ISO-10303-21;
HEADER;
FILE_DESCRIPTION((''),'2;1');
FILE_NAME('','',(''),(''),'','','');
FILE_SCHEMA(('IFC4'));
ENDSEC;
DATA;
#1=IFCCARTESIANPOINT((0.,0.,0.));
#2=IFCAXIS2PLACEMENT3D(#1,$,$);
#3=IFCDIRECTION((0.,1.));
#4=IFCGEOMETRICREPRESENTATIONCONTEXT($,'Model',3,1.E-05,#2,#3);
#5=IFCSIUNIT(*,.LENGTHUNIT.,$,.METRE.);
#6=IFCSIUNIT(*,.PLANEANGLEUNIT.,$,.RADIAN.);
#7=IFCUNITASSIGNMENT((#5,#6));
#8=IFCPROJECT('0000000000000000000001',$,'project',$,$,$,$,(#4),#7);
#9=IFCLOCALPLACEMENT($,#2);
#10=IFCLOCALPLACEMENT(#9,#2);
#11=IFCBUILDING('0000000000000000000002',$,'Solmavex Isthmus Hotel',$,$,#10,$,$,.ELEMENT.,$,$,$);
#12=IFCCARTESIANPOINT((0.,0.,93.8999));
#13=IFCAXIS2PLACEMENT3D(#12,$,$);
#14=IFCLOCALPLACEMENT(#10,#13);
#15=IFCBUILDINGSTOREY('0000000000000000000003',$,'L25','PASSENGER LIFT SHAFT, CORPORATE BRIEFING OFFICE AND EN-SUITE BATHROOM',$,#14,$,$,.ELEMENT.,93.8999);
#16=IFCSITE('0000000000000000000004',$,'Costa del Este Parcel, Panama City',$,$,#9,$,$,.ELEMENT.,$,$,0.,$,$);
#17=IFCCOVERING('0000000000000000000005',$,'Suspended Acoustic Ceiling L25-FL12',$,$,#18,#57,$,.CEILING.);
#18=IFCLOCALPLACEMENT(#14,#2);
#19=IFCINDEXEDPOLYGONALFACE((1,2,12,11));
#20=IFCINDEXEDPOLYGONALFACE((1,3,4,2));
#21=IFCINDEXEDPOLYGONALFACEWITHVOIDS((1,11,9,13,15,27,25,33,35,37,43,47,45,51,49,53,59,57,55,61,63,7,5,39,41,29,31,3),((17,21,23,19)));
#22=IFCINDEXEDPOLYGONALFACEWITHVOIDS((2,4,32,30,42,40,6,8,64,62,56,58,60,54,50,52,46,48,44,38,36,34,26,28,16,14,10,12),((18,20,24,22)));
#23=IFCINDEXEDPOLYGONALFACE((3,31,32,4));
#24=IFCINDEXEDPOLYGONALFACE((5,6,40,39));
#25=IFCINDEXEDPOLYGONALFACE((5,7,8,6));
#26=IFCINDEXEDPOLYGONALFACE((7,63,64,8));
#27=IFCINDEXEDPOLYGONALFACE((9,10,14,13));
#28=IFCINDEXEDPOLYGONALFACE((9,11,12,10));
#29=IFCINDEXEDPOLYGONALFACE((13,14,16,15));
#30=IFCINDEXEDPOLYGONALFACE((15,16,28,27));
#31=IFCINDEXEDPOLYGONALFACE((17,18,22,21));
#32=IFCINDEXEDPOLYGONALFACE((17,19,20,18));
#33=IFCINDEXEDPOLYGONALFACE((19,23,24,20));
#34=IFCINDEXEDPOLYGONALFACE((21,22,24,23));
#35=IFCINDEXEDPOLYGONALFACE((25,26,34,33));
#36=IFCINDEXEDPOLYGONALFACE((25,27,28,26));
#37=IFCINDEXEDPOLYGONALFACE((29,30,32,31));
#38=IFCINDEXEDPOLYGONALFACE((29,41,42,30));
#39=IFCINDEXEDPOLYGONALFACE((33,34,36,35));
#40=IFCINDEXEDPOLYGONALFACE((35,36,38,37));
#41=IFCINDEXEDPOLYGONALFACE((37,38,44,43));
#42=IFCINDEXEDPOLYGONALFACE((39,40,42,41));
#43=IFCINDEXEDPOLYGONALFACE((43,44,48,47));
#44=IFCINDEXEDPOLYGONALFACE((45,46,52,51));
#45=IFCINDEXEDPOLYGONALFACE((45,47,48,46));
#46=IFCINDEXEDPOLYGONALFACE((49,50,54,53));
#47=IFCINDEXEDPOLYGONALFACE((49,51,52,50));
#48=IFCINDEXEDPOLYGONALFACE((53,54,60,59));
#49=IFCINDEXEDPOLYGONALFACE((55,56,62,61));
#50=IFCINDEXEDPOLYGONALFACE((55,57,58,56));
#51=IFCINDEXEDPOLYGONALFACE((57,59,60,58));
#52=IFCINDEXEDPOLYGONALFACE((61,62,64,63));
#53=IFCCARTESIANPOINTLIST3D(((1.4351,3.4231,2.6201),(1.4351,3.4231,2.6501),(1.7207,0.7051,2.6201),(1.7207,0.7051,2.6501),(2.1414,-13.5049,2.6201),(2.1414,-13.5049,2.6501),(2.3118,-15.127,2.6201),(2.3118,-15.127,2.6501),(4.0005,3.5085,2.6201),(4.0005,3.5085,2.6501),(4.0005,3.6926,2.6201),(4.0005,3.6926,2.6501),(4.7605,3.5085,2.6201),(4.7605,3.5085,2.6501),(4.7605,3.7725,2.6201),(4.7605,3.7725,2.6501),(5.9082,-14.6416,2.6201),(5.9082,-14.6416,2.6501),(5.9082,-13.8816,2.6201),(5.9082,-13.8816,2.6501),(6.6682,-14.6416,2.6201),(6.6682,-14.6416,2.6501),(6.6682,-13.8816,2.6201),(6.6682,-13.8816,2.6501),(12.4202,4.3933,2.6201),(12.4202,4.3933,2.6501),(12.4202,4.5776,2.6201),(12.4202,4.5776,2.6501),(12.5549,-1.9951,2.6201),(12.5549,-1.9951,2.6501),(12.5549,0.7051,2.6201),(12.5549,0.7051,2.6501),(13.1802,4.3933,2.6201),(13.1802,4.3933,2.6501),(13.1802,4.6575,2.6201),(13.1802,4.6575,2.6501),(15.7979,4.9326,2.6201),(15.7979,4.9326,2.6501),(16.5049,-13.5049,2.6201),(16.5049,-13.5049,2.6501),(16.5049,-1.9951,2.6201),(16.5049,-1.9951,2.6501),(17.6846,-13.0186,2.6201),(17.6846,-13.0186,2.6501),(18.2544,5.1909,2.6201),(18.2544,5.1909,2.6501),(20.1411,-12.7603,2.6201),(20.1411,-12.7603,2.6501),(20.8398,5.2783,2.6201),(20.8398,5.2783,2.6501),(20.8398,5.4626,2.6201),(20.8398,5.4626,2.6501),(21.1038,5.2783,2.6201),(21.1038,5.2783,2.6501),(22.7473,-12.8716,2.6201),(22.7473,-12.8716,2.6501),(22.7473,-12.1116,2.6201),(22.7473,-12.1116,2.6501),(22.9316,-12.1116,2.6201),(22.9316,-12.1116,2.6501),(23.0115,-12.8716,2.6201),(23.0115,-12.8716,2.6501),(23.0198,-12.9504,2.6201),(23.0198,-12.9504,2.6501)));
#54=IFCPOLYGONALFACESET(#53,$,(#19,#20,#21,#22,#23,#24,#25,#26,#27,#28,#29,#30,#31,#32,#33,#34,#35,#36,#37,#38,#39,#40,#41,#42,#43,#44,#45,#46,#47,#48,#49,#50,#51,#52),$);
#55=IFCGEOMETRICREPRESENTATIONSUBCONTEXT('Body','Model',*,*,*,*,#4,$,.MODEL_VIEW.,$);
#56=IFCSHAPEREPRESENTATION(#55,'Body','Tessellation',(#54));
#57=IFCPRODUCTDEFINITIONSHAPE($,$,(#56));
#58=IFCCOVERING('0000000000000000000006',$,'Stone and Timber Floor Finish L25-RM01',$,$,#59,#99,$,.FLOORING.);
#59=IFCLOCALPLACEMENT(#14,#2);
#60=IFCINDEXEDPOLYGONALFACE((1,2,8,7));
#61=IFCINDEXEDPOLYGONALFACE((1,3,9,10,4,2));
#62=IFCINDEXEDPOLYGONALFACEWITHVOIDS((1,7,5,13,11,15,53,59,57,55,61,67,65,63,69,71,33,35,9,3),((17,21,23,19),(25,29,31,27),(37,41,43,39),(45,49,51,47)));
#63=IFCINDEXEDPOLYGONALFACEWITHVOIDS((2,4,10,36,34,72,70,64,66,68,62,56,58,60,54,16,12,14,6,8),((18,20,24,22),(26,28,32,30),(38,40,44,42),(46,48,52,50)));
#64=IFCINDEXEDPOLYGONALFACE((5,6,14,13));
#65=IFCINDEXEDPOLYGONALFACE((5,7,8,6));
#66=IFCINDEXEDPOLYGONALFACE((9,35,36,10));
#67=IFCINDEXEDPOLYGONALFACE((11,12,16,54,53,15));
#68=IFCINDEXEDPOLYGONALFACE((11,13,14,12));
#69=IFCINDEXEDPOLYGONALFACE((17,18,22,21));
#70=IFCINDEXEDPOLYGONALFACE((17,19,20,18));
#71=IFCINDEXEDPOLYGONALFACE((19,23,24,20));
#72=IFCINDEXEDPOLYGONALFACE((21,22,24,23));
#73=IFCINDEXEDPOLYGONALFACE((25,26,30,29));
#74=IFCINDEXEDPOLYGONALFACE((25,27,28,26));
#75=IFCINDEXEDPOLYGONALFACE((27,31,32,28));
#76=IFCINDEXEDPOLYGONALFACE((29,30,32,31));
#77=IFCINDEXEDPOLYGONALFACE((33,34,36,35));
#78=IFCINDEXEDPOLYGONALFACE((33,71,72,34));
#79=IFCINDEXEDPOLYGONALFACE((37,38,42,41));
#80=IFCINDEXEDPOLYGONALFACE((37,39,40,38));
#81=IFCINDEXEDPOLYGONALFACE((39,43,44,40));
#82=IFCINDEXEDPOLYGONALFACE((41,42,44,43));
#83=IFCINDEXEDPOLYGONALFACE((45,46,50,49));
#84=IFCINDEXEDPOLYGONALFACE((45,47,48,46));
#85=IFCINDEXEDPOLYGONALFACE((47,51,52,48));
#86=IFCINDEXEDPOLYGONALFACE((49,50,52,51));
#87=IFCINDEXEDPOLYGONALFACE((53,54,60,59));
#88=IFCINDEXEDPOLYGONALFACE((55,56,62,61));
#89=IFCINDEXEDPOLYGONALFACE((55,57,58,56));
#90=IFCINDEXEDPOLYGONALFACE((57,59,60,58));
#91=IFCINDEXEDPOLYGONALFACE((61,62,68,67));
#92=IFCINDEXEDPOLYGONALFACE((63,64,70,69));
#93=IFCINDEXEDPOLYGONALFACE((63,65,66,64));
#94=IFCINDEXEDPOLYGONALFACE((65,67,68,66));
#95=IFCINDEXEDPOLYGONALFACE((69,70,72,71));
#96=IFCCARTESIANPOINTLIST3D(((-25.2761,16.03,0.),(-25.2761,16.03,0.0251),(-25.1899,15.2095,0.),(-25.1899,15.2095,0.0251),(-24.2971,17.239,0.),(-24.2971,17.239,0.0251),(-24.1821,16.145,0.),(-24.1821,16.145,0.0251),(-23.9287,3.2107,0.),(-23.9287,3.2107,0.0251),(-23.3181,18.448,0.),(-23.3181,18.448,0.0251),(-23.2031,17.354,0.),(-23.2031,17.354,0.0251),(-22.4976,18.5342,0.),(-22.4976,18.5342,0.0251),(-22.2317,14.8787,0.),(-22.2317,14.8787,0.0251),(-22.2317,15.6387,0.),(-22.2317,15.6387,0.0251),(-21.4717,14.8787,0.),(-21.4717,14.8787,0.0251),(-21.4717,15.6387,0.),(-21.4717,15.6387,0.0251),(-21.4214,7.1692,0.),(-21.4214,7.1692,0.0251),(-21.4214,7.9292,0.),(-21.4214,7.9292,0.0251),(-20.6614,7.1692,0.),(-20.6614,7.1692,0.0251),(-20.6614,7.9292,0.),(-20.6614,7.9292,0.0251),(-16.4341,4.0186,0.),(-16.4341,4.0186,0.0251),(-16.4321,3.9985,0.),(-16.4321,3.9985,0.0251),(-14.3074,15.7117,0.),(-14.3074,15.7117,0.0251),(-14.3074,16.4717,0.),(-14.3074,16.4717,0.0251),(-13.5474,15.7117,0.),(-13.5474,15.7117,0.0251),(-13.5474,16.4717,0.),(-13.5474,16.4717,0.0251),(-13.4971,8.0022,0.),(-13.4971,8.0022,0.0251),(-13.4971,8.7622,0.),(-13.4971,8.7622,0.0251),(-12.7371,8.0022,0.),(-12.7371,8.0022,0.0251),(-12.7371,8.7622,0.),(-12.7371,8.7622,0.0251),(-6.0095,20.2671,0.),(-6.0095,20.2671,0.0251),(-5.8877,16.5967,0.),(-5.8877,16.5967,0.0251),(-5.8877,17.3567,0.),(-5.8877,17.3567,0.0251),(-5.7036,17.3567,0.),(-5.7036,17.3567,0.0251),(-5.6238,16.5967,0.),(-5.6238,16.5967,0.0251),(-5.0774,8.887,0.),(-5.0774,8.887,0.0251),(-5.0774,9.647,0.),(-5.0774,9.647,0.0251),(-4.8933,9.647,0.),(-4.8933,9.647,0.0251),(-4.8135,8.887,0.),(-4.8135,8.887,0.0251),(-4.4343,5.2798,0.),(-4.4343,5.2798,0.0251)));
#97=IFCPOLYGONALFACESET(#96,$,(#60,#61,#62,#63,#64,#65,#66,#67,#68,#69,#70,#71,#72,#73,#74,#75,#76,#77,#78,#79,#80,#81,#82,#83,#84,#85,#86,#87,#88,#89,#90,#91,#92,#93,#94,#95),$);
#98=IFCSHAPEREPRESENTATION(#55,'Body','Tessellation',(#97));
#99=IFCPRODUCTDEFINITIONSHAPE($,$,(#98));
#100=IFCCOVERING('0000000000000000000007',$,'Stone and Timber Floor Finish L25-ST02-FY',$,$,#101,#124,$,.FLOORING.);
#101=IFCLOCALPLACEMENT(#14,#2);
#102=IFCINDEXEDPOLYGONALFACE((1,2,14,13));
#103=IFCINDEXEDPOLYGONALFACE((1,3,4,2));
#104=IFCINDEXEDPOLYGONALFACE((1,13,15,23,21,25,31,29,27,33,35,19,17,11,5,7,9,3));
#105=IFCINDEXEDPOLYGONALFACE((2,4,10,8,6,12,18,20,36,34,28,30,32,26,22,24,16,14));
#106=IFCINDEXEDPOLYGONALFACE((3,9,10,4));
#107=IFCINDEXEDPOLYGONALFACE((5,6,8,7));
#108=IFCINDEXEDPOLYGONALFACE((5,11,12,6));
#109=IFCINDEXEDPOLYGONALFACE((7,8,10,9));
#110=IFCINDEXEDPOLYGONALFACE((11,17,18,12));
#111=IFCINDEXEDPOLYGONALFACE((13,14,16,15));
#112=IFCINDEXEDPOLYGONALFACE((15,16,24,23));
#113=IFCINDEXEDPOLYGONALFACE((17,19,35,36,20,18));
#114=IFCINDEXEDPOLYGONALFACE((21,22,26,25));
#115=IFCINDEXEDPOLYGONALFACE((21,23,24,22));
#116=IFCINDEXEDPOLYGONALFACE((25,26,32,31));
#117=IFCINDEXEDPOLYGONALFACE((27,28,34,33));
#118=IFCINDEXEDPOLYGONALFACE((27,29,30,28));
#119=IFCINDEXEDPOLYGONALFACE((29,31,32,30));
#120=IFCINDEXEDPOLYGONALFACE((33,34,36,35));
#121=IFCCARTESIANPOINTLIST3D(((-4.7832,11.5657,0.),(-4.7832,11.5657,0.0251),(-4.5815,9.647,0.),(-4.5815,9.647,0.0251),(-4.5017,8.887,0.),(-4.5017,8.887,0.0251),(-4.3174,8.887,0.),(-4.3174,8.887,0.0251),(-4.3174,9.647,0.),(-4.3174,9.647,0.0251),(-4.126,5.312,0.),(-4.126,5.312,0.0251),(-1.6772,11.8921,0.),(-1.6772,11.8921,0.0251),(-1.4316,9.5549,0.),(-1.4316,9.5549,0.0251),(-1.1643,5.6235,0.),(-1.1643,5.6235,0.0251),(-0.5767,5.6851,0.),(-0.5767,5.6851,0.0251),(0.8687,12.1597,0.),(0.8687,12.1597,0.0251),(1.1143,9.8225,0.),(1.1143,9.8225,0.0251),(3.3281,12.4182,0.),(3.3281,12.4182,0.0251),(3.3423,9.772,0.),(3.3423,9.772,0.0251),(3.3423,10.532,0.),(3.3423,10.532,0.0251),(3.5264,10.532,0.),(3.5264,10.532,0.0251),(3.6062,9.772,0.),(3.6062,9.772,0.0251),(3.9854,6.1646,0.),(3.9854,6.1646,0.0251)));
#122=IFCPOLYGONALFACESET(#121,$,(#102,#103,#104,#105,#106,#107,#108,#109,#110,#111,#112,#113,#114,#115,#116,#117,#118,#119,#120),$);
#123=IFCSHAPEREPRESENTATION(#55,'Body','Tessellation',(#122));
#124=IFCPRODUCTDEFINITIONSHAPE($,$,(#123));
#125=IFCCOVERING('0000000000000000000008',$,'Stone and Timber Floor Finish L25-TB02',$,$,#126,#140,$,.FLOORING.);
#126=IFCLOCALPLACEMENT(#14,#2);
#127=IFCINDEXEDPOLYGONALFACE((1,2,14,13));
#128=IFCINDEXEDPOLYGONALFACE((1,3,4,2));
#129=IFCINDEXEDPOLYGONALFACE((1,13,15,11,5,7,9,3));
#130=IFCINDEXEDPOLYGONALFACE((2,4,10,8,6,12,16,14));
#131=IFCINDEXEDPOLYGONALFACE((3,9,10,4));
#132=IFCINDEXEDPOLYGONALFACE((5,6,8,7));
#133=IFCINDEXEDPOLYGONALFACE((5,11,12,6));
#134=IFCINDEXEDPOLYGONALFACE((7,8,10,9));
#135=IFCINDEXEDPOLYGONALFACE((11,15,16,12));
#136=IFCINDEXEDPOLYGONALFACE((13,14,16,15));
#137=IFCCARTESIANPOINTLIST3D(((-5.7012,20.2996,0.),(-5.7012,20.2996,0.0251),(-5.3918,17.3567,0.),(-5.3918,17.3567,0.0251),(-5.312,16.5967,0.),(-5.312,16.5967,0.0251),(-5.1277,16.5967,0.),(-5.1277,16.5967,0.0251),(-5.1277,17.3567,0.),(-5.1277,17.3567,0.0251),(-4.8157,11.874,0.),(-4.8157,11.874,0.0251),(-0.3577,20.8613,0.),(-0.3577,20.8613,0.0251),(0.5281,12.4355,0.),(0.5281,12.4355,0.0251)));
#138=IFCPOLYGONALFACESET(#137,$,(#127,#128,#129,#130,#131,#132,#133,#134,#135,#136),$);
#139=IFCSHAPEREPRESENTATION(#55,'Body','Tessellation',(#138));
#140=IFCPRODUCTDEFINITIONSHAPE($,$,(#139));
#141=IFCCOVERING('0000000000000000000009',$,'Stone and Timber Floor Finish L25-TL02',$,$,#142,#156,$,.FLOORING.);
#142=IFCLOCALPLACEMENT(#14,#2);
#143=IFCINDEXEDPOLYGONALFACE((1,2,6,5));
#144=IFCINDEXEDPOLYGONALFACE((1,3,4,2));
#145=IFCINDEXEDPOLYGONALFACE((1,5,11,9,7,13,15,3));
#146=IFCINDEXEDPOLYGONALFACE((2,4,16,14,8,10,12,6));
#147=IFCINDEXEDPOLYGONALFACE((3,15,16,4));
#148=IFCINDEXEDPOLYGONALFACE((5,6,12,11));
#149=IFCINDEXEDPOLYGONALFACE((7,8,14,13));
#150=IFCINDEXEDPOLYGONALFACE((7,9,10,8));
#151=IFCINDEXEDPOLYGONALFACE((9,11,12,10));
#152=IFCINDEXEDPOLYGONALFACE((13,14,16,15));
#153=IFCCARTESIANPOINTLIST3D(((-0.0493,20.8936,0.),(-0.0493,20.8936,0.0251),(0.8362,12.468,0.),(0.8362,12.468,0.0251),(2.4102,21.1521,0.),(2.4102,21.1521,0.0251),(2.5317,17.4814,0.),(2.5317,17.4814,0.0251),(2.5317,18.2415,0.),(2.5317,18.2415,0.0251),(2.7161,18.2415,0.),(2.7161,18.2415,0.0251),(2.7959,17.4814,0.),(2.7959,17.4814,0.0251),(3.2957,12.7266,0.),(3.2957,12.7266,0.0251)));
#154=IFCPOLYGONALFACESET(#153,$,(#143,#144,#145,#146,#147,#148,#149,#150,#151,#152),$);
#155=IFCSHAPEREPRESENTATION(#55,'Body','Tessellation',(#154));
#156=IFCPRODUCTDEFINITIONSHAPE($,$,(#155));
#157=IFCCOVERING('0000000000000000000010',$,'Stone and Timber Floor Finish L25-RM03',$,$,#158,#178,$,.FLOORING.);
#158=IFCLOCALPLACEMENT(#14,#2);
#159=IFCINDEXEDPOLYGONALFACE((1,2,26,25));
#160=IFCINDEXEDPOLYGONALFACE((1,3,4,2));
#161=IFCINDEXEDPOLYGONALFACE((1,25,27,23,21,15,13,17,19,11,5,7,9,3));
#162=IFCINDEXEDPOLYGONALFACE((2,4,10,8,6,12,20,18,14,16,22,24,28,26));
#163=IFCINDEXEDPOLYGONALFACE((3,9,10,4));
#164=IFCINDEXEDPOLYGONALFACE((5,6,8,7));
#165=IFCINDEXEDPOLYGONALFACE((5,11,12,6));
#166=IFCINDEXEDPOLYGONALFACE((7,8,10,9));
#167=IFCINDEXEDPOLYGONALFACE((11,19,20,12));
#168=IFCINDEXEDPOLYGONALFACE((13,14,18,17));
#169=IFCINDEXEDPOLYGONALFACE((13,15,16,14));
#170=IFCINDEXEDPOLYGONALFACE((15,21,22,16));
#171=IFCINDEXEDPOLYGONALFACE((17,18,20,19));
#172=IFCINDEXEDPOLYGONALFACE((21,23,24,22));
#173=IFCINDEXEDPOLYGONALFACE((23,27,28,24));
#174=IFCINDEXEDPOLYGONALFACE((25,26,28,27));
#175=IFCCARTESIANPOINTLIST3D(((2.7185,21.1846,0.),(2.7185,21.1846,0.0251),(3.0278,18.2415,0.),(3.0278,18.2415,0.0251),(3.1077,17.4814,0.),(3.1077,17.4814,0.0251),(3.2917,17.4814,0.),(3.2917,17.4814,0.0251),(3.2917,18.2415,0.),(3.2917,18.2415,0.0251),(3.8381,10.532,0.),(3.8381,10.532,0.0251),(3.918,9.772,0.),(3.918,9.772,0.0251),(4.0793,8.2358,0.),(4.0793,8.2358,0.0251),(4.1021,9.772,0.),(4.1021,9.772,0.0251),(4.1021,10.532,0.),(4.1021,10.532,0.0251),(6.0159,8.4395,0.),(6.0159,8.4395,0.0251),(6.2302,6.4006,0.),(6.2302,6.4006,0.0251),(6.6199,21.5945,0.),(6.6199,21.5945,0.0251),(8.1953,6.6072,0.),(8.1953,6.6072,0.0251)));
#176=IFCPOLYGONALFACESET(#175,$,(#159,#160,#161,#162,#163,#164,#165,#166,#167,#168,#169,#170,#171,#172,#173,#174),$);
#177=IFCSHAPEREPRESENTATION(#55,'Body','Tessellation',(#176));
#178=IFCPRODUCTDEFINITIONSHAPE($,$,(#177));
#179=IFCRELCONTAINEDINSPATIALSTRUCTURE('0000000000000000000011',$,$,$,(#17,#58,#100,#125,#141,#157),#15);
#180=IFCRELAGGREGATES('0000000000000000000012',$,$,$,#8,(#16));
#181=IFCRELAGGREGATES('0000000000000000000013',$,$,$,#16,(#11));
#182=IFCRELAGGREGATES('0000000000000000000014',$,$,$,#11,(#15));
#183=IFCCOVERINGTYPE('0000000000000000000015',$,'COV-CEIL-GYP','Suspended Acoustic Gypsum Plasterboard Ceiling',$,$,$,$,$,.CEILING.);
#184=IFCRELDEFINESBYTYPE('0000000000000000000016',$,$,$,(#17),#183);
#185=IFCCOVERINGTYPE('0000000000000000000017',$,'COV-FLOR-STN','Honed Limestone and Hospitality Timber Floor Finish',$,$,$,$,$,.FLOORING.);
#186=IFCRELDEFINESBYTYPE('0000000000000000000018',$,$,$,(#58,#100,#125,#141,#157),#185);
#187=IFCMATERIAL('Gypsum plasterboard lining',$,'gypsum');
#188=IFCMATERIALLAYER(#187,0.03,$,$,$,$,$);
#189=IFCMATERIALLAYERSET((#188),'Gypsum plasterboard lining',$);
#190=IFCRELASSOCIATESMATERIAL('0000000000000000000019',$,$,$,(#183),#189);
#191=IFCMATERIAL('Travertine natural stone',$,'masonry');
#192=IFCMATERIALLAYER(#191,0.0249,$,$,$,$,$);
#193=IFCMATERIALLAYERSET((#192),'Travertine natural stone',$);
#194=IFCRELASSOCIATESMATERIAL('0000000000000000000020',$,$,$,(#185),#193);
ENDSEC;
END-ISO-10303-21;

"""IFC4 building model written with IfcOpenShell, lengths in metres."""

from ifc_helpers import new_model, si_unit, direction, frame, origin, place, context, subcontext, project, spatial, polyline, outline, extrude, material, layer, layer_set, type_object, element, save


model = new_model("IFC4")

# Units and contexts
model_context = context("Model", 3, precision=1e-05, world=origin(), true_north=direction((0.0, 1.0)))
body_context = subcontext(model_context, "Body", "Model", "MODEL_VIEW")
ifc_project = project(units=[si_unit("LENGTHUNIT", "METRE"), si_unit("PLANEANGLEUNIT", "RADIAN")], contexts=[model_context])

# Site, building, storey
site_placement = place(None, origin())
site = spatial("IfcSite", under=ifc_project, at=site_placement, Name="Costa del Este Parcel, Panama City", CompositionType="ELEMENT", RefElevation=0.0)
building_placement = place(site_placement, origin())
building = spatial("IfcBuilding", under=site, at=building_placement, Name="Solmavex Isthmus Hotel", CompositionType="ELEMENT")
storey_placement = place(building_placement, frame((0.0, 0.0, 93.8999)))
storey = spatial("IfcBuildingStorey", under=building, at=storey_placement, Name="L25", Description="PASSENGER LIFT SHAFT, CORPORATE BRIEFING OFFICE AND EN-SUITE BATHROOM", CompositionType="ELEMENT", Elevation=93.8999)

# Coverings
ifc_material_1 = material(Name="Gypsum plasterboard lining", Category="gypsum")
ifc_layer_1 = layer(ifc_material_1, 0.03)
ifc_layer_set_1 = layer_set([ifc_layer_1], Name="Gypsum plasterboard lining")
covering_type_1 = type_object("IfcCoveringType", Name="COV-CEIL-GYP", Description="Suspended Acoustic Gypsum Plasterboard Ceiling", PredefinedType="CEILING", material=ifc_layer_set_1)
covering_1_placement = place(storey_placement, frame((0.0, 0.0, 2.6201)))
element("IfcCovering", 1, at=covering_1_placement, inside=storey, type_object=covering_type_1, Name="Suspended Acoustic Ceiling L25-FL12", PredefinedType="CEILING", context=body_context, shape_type="SweptSolid", body=[
    extrude(outline(polyline([(4.7605, 3.7725), (4.7605, 3.5085), (4.0005, 3.5085), (4.0005, 3.6926), (1.4351, 3.4231), (1.7207, 0.7051), (12.5549, 0.7051), (12.5549, -1.9951), (16.5049, -1.9951), (16.5049, -13.5049), (2.1414, -13.5049), (2.3118, -15.127), (23.0198, -12.9504), (23.0115, -12.8716), (22.7473, -12.8716), (22.7473, -12.1116), (22.9316, -12.1116), (21.1038, 5.2783), (20.8398, 5.2783), (20.8398, 5.4626), (18.2544, 5.1909), (20.1411, -12.7603), (17.6846, -13.0186), (15.7979, 4.9326), (13.1802, 4.6575), (13.1802, 4.3933), (12.4202, 4.3933), (12.4202, 4.5776), (4.7605, 3.7725)]), holes=[polyline([(5.9082, -14.6416), (5.9082, -13.8816), (6.6682, -13.8816), (6.6682, -14.6416), (5.9082, -14.6416)])]), origin(), (0.0, 0.0, 1.0), 0.03),
])
ifc_material_2 = material(Name="Travertine natural stone", Category="masonry")
ifc_layer_2 = layer(ifc_material_2, 0.0249)
ifc_layer_set_2 = layer_set([ifc_layer_2], Name="Travertine natural stone")
covering_type_2 = type_object("IfcCoveringType", Name="COV-FLOR-STN", Description="Honed Limestone and Hospitality Timber Floor Finish", PredefinedType="FLOORING", material=ifc_layer_set_2)
covering_2_placement = place(storey_placement, origin())
element("IfcCovering", 2, at=covering_2_placement, inside=storey, type_object=covering_type_2, Name="Stone and Timber Floor Finish L25-RM01", PredefinedType="FLOORING", context=body_context, shape_type="SweptSolid", body=[
    extrude(outline(polyline([(-16.4321, 3.9985), (-16.4341, 4.0186), (-4.4343, 5.2798), (-4.8135, 8.887), (-5.0774, 8.887), (-5.0774, 9.647), (-4.8933, 9.647), (-5.6238, 16.5967), (-5.8877, 16.5967), (-5.8877, 17.3567), (-5.7036, 17.3567), (-6.0095, 20.2671), (-22.4976, 18.5342), (-23.3181, 18.448), (-23.2031, 17.354), (-24.2971, 17.239), (-24.1821, 16.145), (-25.2761, 16.03), (-25.1899, 15.2095), (-23.9287, 3.2107), (-16.4321, 3.9985)]), holes=[polyline([(-13.4971, 8.0022), (-13.4971, 8.7622), (-12.7371, 8.7622), (-12.7371, 8.0022), (-13.4971, 8.0022)]), polyline([(-14.3074, 16.4717), (-13.5474, 16.4717), (-13.5474, 15.7117), (-14.3074, 15.7117), (-14.3074, 16.4717)]), polyline([(-21.4214, 7.1692), (-21.4214, 7.9292), (-20.6614, 7.9292), (-20.6614, 7.1692), (-21.4214, 7.1692)]), polyline([(-22.2317, 14.8787), (-22.2317, 15.6387), (-21.4717, 15.6387), (-21.4717, 14.8787), (-22.2317, 14.8787)])]), origin(), (0.0, 0.0, 1.0), 0.0251),
])
covering_3_placement = place(storey_placement, origin())
element("IfcCovering", 3, at=covering_3_placement, inside=storey, type_object=covering_type_2, Name="Stone and Timber Floor Finish L25-ST02-FY", PredefinedType="FLOORING", context=body_context, shape_type="SweptSolid", body=[
    extrude(outline(polyline([(-4.5815, 9.647), (-4.3174, 9.647), (-4.3174, 8.887), (-4.5017, 8.887), (-4.126, 5.312), (-1.1643, 5.6235), (-0.5767, 5.6851), (3.9854, 6.1646), (3.6062, 9.772), (3.3423, 9.772), (3.3423, 10.532), (3.5264, 10.532), (3.3281, 12.4182), (0.8687, 12.1597), (1.1143, 9.8225), (-1.4316, 9.5549), (-1.6772, 11.8921), (-4.7832, 11.5657), (-4.5815, 9.647)])), origin(), (0.0, 0.0, 1.0), 0.0251),
])
covering_4_placement = place(storey_placement, origin())
element("IfcCovering", 4, at=covering_4_placement, inside=storey, type_object=covering_type_2, Name="Stone and Timber Floor Finish L25-TB02", PredefinedType="FLOORING", context=body_context, shape_type="SweptSolid", body=[
    extrude(outline(polyline([(-5.3918, 17.3567), (-5.1277, 17.3567), (-5.1277, 16.5967), (-5.312, 16.5967), (-4.8157, 11.874), (0.5281, 12.4355), (-0.3577, 20.8613), (-5.7012, 20.2996), (-5.3918, 17.3567)])), origin(), (0.0, 0.0, 1.0), 0.0251),
])
covering_5_placement = place(storey_placement, origin())
element("IfcCovering", 5, at=covering_5_placement, inside=storey, type_object=covering_type_2, Name="Stone and Timber Floor Finish L25-TL02", PredefinedType="FLOORING", context=body_context, shape_type="SweptSolid", body=[
    extrude(outline(polyline([(2.7959, 17.4814), (2.5317, 17.4814), (2.5317, 18.2415), (2.7161, 18.2415), (2.4102, 21.1521), (-0.0493, 20.8936), (0.8362, 12.468), (3.2957, 12.7266), (2.7959, 17.4814)])), origin(), (0.0, 0.0, 1.0), 0.0251),
])
covering_6_placement = place(storey_placement, origin())
element("IfcCovering", 6, at=covering_6_placement, inside=storey, type_object=covering_type_2, Name="Stone and Timber Floor Finish L25-RM03", PredefinedType="FLOORING", context=body_context, shape_type="SweptSolid", body=[
    extrude(outline(polyline([(3.8381, 10.532), (4.1021, 10.532), (4.1021, 9.772), (3.918, 9.772), (4.0793, 8.2358), (6.0159, 8.4395), (6.2302, 6.4006), (8.1953, 6.6072), (6.6199, 21.5945), (2.7185, 21.1846), (3.0278, 18.2415), (3.2917, 18.2415), (3.2917, 17.4814), (3.1077, 17.4814), (3.8381, 10.532)])), origin(), (0.0, 0.0, 1.0), 0.0251),
])

save(model, "model.ifc")
